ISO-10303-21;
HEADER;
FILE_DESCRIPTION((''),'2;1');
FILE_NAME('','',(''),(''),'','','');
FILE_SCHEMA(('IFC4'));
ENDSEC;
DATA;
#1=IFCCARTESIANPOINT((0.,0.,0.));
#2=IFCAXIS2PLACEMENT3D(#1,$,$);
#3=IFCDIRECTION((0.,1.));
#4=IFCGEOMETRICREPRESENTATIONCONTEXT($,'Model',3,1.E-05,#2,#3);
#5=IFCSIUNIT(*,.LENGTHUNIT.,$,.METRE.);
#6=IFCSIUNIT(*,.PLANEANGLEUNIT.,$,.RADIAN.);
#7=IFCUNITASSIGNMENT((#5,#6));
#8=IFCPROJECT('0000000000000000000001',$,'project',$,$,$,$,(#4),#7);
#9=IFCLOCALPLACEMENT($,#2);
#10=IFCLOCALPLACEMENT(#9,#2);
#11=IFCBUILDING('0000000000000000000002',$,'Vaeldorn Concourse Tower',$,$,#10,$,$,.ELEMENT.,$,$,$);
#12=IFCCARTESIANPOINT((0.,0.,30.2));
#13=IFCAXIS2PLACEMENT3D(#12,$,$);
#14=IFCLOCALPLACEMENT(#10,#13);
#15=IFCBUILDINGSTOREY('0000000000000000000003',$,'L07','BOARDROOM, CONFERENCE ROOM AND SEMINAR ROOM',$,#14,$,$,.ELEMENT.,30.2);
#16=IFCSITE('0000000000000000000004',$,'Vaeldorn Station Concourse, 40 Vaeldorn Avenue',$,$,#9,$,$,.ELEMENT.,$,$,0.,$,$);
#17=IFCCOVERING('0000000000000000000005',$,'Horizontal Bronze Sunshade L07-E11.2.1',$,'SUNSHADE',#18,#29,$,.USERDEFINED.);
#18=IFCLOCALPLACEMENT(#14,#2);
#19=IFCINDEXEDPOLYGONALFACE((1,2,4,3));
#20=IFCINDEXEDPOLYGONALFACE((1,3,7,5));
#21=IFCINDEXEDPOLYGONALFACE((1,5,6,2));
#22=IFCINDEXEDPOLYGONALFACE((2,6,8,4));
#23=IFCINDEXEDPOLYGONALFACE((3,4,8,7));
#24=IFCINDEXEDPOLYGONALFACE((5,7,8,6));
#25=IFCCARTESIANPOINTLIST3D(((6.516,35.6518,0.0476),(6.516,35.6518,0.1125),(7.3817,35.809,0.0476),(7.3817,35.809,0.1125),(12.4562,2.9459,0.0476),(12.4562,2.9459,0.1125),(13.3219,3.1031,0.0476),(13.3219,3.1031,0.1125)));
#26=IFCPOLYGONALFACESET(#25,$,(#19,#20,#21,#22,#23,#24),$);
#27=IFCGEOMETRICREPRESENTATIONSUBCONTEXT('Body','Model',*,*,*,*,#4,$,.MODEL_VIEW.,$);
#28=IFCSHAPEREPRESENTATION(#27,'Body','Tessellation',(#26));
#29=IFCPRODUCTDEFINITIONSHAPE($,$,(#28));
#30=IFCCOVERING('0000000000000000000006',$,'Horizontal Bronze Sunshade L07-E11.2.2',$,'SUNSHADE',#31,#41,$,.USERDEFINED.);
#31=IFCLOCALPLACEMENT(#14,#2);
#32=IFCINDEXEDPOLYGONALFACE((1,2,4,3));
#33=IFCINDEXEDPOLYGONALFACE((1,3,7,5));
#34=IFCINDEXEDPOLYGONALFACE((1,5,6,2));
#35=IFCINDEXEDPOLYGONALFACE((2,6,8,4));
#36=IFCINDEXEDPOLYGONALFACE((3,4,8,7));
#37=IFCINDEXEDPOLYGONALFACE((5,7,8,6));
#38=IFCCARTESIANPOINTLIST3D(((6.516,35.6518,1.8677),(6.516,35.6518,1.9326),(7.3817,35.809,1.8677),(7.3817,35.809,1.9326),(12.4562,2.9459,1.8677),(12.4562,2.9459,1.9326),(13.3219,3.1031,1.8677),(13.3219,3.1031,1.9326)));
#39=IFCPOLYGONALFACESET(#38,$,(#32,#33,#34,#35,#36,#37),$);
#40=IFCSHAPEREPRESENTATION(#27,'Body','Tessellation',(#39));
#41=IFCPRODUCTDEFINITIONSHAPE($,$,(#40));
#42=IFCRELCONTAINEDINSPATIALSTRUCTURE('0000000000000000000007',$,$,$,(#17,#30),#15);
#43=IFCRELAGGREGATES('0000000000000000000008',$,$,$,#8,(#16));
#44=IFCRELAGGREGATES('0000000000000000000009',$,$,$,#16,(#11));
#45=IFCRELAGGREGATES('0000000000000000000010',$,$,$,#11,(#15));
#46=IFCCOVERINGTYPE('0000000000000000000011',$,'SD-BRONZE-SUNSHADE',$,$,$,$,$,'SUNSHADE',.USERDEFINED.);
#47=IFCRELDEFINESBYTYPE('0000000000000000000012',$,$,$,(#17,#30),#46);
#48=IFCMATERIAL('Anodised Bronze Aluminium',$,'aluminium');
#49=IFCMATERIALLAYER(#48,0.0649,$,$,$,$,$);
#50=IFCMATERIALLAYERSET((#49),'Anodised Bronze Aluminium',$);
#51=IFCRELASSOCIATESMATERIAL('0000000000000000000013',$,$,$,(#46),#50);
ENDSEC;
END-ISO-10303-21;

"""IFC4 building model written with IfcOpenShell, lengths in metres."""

from ifc_helpers import new_model, si_unit, direction, frame, origin, origin_2d, place, context, subcontext, project, spatial, rectangle, extrude, source, transform, mapped, material, layer, layer_set, type_object, element, save


model = new_model("IFC4")

# Units and contexts
model_context = context("Model", 3, precision=1e-05, world=origin(), true_north=direction((0.0, 1.0)))
body_context = subcontext(model_context, "Body", "Model", "MODEL_VIEW")
ifc_project = project(units=[si_unit("LENGTHUNIT", "METRE"), si_unit("PLANEANGLEUNIT", "RADIAN")], contexts=[model_context])

# Site, building, storey
site_placement = place(None, origin())
site = spatial("IfcSite", under=ifc_project, at=site_placement, Name="Vaeldorn Station Concourse, 40 Vaeldorn Avenue", CompositionType="ELEMENT", RefElevation=0.0)
building_placement = place(site_placement, origin())
building = spatial("IfcBuilding", under=site, at=building_placement, Name="Vaeldorn Concourse Tower", CompositionType="ELEMENT")
storey_placement = place(building_placement, frame((0.0, 0.0, 30.2)))
storey = spatial("IfcBuildingStorey", under=building, at=storey_placement, Name="L07", Description="BOARDROOM, CONFERENCE ROOM AND SEMINAR ROOM", CompositionType="ELEMENT", Elevation=30.2)

# Shared definitions
ifc_material_1 = material(Name="Anodised Bronze Aluminium", Category="aluminium")

# Coverings
ifc_layer_1 = layer(ifc_material_1, 0.0649)
ifc_layer_set_1 = layer_set([ifc_layer_1], Name="Anodised Bronze Aluminium")
covering_type = type_object("IfcCoveringType", Name="SD-BRONZE-SUNSHADE", ElementType="SUNSHADE", PredefinedType="USERDEFINED", material=ifc_layer_set_1)
shared_shape_1 = source(origin(), body_context, "Body", "SweptSolid", [
    extrude(rectangle(XDim=33.241, YDim=0.8799, at=origin_2d()), origin(), (0.0, 0.0, 1.0), 0.0649),
])
for number, where, z_axis, x_axis, name in (
    (1, (9.9189, 19.3774, 0.0476), (0.0, 0.0, 1.0), (0.178699, -0.983904, 0.0), "Horizontal Bronze Sunshade L07-E11.2.1"),
    (2, (9.9189, 19.3774, 1.8677), (0.0, 0.0, 1.0), (0.178699, -0.983904, 0.0), "Horizontal Bronze Sunshade L07-E11.2.2"),
):
    element("IfcCovering", number, at=place(storey_placement, frame(where, z_axis=z_axis, x_axis=x_axis)), inside=storey, type_object=covering_type, Name=name, ObjectType="SUNSHADE", PredefinedType="USERDEFINED", context=body_context, shape_type="MappedRepresentation", body=[
        mapped(shared_shape_1, transform((0.0, 0.0, 0.0), scale=1.0)),
    ])

save(model, "model.ifc")
